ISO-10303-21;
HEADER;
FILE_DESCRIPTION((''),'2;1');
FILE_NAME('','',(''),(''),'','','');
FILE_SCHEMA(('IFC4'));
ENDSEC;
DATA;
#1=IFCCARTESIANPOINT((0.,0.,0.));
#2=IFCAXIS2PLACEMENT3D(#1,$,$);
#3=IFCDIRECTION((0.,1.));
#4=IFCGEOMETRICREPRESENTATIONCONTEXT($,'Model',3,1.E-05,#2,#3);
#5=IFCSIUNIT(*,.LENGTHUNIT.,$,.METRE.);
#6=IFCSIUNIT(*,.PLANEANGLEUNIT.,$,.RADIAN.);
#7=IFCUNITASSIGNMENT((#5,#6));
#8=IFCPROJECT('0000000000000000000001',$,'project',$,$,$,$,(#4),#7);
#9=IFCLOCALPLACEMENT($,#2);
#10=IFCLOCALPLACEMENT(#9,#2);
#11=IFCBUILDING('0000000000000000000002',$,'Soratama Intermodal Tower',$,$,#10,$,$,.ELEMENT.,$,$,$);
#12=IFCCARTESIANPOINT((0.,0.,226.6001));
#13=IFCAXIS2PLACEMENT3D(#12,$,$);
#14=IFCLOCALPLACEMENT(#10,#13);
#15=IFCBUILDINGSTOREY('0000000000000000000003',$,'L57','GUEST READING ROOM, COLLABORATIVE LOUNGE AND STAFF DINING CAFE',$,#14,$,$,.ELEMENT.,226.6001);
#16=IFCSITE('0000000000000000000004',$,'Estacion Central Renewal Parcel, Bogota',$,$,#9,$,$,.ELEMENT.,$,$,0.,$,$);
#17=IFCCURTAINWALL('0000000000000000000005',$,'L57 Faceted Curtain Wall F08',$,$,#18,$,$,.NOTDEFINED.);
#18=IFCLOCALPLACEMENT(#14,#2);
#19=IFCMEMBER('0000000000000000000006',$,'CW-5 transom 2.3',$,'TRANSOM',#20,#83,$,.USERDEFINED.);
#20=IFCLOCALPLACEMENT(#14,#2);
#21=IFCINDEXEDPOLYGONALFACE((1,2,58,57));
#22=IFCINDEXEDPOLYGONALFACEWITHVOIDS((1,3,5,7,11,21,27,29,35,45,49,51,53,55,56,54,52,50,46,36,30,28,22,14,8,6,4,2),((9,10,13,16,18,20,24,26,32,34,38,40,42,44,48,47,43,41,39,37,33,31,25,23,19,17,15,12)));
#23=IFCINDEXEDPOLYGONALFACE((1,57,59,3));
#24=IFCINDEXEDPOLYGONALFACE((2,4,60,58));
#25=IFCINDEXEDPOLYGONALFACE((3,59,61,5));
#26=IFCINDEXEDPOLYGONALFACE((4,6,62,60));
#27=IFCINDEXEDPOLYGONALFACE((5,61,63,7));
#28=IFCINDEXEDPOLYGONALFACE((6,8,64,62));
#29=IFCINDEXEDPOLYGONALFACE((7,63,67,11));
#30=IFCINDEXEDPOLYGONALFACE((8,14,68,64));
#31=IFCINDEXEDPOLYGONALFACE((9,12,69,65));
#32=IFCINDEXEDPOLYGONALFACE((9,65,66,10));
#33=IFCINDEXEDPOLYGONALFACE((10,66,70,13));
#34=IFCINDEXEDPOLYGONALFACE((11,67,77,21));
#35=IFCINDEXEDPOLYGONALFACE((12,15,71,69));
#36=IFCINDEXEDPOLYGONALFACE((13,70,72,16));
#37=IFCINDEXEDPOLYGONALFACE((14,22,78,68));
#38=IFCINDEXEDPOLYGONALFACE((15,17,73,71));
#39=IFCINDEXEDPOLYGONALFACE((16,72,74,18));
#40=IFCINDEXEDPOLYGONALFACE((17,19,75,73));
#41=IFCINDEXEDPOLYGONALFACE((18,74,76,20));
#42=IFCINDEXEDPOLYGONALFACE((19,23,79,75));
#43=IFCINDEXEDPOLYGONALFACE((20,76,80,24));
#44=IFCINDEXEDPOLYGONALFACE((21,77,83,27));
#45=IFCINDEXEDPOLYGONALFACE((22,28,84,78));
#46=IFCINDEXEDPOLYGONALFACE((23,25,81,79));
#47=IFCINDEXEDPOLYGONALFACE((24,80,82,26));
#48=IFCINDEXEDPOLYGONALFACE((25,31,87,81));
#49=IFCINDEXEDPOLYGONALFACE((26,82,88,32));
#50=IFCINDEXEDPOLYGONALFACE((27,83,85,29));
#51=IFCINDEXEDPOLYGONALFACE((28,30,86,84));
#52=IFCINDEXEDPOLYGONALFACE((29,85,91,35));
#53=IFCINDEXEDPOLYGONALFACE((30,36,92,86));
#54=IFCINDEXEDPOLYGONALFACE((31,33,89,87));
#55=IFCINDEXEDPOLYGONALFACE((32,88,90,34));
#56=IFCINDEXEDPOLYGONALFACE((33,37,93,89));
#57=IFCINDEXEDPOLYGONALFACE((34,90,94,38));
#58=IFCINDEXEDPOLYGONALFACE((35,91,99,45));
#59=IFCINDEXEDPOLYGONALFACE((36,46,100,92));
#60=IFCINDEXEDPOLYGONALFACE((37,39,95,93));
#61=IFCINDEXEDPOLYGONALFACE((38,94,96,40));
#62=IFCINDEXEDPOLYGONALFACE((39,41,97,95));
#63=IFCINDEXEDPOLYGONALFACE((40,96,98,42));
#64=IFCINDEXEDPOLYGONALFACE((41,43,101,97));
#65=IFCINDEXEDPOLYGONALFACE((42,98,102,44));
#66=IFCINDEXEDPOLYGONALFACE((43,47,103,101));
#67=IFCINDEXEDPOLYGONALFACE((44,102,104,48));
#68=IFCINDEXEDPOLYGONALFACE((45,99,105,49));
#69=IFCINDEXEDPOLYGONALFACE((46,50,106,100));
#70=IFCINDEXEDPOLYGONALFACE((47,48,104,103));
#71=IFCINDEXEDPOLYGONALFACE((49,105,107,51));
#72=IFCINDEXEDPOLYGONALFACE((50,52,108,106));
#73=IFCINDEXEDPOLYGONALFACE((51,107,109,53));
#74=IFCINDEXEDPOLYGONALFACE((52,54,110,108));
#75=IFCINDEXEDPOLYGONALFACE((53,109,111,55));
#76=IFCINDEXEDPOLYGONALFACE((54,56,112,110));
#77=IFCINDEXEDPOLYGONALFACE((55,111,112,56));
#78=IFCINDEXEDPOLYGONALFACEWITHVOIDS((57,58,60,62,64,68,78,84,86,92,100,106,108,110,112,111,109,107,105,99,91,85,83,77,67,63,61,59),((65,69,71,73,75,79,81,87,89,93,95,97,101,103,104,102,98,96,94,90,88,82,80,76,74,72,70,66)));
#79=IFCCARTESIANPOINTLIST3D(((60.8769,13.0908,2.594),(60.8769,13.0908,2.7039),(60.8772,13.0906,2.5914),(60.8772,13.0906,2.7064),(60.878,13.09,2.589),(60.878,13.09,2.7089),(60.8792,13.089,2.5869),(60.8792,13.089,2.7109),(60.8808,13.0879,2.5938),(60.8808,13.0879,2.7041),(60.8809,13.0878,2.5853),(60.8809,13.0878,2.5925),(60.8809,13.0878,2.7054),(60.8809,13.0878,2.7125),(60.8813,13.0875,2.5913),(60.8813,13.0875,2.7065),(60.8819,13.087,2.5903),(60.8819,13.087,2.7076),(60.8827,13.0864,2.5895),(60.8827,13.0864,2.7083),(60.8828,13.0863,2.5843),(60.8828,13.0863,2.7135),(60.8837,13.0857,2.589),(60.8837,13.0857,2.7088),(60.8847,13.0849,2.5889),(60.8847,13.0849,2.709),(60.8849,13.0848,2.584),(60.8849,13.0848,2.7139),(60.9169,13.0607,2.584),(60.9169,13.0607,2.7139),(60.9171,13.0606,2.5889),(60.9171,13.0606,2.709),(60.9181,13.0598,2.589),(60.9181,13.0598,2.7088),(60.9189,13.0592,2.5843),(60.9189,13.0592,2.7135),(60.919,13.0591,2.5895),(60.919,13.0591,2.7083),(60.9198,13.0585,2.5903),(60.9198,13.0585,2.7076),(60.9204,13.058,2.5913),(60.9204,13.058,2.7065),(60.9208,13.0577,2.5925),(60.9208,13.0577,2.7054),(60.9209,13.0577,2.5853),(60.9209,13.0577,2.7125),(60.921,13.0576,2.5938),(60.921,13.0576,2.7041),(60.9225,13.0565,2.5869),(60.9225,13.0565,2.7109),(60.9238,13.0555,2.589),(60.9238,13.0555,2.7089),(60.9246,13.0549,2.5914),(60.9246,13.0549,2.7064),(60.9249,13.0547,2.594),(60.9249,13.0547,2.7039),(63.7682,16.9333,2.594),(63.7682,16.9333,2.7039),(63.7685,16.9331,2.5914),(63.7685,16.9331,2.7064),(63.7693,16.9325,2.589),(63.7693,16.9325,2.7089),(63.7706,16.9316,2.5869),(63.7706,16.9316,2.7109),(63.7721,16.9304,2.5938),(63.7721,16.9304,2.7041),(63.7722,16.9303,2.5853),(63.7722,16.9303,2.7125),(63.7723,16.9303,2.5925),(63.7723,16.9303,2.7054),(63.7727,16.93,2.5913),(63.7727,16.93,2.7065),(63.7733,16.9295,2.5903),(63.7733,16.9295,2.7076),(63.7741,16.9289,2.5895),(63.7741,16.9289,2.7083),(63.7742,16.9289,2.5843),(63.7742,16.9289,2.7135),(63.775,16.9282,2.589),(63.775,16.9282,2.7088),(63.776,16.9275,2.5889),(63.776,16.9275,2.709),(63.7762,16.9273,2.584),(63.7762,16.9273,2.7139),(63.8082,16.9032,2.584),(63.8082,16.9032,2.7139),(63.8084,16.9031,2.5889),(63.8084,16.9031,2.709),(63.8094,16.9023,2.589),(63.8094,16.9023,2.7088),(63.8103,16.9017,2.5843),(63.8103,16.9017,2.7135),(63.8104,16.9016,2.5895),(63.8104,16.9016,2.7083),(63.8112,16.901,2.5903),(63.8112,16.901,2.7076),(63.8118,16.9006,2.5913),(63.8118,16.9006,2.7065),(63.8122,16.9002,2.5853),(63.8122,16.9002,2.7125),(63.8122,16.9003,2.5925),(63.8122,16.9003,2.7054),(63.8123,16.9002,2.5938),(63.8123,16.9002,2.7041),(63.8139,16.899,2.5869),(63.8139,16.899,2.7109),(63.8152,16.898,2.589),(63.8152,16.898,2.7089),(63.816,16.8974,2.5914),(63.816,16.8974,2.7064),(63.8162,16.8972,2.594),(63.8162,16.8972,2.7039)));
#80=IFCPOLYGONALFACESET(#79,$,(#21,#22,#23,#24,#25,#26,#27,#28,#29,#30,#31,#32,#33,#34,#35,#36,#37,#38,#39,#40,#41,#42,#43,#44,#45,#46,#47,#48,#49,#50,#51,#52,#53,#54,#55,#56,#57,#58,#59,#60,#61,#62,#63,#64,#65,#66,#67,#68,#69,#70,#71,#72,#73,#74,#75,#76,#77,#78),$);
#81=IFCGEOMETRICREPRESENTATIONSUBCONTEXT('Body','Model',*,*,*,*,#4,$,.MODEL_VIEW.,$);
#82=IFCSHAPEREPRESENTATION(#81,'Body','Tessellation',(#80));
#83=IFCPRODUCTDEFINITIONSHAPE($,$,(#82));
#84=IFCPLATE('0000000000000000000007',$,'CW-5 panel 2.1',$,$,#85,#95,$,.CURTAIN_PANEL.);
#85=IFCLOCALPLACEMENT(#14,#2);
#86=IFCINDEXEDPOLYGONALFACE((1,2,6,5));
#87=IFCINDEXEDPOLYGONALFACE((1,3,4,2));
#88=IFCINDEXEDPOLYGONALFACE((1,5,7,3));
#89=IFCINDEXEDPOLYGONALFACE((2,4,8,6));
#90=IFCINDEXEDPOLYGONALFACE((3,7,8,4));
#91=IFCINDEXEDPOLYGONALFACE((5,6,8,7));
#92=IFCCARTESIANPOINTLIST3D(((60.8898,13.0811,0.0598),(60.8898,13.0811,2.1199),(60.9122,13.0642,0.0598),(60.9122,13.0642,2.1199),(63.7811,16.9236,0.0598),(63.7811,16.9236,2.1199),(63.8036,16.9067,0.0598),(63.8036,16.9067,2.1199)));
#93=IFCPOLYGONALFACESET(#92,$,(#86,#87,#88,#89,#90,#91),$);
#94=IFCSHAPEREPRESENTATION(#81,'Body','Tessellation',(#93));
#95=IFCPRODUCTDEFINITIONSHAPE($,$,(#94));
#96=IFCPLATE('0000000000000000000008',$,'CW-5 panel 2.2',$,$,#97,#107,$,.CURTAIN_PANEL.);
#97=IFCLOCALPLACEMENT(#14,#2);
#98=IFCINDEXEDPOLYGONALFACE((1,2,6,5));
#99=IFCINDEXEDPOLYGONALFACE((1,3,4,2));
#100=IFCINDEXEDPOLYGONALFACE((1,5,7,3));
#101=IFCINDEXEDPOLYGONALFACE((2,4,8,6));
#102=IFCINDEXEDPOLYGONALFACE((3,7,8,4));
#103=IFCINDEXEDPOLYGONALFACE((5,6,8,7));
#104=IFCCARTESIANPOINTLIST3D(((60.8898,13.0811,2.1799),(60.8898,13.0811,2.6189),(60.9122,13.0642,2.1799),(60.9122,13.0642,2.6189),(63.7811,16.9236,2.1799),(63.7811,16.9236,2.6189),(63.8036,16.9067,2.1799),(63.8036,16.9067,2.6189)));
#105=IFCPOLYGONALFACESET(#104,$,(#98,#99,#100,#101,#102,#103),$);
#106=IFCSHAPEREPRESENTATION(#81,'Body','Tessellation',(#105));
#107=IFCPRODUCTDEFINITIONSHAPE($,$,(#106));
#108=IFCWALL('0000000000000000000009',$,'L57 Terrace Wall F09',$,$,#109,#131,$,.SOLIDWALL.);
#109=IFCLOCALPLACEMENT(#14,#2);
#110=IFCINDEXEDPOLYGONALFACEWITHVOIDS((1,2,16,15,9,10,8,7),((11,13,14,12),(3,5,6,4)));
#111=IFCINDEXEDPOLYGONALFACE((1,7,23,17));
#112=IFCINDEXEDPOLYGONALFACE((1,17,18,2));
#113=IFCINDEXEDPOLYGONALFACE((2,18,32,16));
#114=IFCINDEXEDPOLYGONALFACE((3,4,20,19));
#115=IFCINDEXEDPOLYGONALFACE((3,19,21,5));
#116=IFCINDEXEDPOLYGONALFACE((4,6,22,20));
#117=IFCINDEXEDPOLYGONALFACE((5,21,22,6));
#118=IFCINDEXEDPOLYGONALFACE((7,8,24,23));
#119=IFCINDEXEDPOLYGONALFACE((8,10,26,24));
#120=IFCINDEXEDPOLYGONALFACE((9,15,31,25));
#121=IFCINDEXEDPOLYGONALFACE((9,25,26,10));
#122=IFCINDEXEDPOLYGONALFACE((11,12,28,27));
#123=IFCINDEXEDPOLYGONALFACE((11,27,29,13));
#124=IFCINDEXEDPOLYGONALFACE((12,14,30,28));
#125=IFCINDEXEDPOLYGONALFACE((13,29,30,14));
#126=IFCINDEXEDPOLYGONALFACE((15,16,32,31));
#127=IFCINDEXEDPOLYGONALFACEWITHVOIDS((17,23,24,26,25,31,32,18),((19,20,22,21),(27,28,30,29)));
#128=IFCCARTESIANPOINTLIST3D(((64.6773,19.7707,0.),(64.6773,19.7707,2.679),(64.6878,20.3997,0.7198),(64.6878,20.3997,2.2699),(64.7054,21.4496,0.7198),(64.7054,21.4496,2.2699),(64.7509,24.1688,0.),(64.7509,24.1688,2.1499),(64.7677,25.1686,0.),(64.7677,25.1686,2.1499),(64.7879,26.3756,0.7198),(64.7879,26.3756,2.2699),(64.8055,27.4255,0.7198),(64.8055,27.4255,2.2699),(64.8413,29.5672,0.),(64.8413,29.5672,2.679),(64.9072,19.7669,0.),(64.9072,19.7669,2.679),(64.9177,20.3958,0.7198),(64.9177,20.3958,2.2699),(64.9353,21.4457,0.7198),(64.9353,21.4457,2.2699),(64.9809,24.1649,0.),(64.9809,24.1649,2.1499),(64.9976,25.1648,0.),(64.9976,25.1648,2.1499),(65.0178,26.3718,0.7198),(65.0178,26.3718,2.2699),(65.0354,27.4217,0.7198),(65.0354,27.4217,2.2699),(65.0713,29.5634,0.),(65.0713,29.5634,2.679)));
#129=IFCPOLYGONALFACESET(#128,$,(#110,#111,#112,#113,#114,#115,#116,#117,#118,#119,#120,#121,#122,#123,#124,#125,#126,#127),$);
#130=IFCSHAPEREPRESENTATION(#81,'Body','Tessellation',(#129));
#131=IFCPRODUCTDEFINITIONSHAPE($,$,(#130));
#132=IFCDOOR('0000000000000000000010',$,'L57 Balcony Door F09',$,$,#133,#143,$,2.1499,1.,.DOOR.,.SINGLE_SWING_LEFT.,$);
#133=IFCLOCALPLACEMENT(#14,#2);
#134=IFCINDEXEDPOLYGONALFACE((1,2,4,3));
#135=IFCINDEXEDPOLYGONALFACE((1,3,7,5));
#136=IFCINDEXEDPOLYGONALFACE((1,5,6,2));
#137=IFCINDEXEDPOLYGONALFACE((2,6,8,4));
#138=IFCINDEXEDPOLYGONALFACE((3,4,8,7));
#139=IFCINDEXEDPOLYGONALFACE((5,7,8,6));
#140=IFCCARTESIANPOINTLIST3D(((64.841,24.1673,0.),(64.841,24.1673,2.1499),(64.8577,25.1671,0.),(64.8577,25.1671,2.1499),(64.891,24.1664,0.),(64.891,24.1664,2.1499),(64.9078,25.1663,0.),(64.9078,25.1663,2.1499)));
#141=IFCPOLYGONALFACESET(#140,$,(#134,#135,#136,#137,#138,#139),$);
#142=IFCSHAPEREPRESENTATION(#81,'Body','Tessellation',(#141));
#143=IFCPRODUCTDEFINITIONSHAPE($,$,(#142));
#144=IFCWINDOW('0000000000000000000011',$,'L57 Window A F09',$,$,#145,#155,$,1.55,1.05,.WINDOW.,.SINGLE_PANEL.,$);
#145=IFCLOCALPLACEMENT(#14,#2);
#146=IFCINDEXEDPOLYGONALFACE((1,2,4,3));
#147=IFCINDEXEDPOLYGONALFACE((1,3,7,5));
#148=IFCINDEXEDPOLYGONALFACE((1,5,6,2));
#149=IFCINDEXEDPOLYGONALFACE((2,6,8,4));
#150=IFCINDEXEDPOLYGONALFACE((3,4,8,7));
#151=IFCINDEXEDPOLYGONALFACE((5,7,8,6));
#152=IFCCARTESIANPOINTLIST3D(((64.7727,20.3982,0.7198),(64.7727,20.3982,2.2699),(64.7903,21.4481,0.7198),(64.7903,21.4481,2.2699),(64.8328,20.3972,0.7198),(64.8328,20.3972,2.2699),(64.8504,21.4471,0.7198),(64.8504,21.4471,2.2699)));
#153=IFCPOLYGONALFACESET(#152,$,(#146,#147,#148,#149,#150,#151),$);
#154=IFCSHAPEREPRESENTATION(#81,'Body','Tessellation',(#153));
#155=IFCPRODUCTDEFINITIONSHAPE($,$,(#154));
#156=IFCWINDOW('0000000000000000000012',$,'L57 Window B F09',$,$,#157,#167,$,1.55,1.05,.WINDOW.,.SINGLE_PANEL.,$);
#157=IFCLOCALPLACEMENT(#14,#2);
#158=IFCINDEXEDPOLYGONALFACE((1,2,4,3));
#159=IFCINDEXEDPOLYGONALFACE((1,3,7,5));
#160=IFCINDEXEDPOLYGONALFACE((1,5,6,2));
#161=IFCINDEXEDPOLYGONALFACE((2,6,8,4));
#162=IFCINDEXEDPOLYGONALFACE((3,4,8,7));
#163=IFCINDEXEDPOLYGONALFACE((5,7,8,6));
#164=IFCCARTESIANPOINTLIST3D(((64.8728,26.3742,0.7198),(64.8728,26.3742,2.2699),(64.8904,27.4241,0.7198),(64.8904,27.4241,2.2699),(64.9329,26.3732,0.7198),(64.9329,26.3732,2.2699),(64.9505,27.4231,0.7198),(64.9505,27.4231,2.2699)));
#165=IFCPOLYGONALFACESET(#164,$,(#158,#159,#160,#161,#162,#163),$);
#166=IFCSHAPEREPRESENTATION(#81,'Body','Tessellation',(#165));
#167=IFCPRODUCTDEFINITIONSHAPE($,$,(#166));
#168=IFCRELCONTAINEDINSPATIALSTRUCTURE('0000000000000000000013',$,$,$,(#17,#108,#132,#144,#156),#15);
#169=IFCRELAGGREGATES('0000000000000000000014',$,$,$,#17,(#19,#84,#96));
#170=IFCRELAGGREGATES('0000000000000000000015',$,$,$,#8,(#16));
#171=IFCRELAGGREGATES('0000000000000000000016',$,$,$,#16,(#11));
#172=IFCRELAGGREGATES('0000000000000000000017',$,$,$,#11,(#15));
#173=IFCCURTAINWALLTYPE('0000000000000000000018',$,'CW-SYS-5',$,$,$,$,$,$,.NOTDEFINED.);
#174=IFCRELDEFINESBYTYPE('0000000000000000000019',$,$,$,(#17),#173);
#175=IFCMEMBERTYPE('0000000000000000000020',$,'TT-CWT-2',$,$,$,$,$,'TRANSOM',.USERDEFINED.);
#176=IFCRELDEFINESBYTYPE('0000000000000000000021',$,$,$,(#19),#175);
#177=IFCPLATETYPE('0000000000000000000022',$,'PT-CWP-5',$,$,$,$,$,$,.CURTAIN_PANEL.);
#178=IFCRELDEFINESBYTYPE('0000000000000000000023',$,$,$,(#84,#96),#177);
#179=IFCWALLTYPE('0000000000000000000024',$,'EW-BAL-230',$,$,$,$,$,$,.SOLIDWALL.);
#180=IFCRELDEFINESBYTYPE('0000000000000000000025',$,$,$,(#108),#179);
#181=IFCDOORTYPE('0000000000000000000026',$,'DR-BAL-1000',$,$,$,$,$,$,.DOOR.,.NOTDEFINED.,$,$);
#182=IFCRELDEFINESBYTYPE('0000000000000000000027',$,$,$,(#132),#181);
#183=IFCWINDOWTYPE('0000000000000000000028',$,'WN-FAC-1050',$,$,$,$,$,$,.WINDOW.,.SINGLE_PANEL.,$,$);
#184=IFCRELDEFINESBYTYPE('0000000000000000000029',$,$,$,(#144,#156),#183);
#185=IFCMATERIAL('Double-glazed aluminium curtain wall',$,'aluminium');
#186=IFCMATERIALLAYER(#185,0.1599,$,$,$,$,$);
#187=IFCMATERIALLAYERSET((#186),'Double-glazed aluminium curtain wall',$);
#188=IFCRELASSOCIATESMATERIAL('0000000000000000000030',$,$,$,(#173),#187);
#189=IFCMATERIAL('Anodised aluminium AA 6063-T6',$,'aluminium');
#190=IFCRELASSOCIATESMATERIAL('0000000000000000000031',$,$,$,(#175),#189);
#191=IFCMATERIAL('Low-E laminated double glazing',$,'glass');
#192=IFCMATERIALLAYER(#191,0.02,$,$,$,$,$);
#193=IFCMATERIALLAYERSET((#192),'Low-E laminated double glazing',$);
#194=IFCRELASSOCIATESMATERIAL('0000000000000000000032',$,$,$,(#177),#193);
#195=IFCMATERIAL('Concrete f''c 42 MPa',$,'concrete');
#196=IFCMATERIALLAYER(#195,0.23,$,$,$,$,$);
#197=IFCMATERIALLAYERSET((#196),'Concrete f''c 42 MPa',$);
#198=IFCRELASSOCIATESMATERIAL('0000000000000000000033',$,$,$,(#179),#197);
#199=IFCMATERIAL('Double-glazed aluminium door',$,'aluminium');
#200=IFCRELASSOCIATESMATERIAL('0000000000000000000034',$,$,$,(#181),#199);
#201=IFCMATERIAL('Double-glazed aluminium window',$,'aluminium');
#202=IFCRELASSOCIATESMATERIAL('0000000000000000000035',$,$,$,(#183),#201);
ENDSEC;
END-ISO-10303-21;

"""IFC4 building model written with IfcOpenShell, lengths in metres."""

from ifc_helpers import new_model, si_unit, direction, frame, frame_2d, origin, origin_2d, place, context, subcontext, project, spatial, rectangle, hollow_rectangle, extrude, material, layer, layer_set, material_profile, profile_set, type_object, element, fill, aggregate, save


model = new_model("IFC4")

# Units and contexts
model_context = context("Model", 3, precision=1e-05, world=origin(), true_north=direction((0.0, 1.0)))
body_context = subcontext(model_context, "Body", "Model", "MODEL_VIEW")
ifc_project = project(units=[si_unit("LENGTHUNIT", "METRE"), si_unit("PLANEANGLEUNIT", "RADIAN")], contexts=[model_context])

# Site, building, storey
site_placement = place(None, origin())
site = spatial("IfcSite", under=ifc_project, at=site_placement, Name="Estacion Central Renewal Parcel, Bogota", CompositionType="ELEMENT", RefElevation=0.0)
building_placement = place(site_placement, origin())
building = spatial("IfcBuilding", under=site, at=building_placement, Name="Soratama Intermodal Tower", CompositionType="ELEMENT")
storey_placement = place(building_placement, frame((0.0, 0.0, 226.6001)))
storey = spatial("IfcBuildingStorey", under=building, at=storey_placement, Name="L57", Description="GUEST READING ROOM, COLLABORATIVE LOUNGE AND STAFF DINING CAFE", CompositionType="ELEMENT", Elevation=226.6001)

# Curtain wall, member, plates
ifc_material_1 = material(Name="Double-glazed aluminium curtain wall", Category="aluminium")
ifc_layer_1 = layer(ifc_material_1, 0.1599)
ifc_layer_set_1 = layer_set([ifc_layer_1], Name="Double-glazed aluminium curtain wall")
curtain_wall_type = type_object("IfcCurtainWallType", Name="CW-SYS-5", PredefinedType="NOTDEFINED", material=ifc_layer_set_1)
curtain_wall_placement = place(storey_placement, origin())
curtain_wall = element("IfcCurtainWall", 1, at=curtain_wall_placement, inside=storey, type_object=curtain_wall_type, Name="L57 Faceted Curtain Wall F08", PredefinedType="NOTDEFINED")
ifc_material_2 = material(Name="Anodised aluminium AA 6063-T6", Category="aluminium")
ifc_material_profile_1 = material_profile(ifc_material_2, hollow_rectangle(XDim=0.0601, YDim=0.1299, WallThickness=0.0049, InnerFilletRadius=0.0049, OuterFilletRadius=0.01, at=origin_2d()), Name="CWT130X60X5")
ifc_profile_set_1 = profile_set([ifc_material_profile_1], Name="Anodised aluminium AA 6063-T6")
member_type_1 = type_object("IfcMemberType", Name="TT-CWT-2", ElementType="TRANSOM", PredefinedType="USERDEFINED", material=ifc_profile_set_1)
member_1_placement = place(storey_placement, frame((60.9009, 13.0728, 2.6489), z_axis=(0.601258, 0.799055, 0.0), x_axis=(-0.799055, 0.601258, 0.0)))
member_1 = element("IfcMember", 2, at=member_1_placement, type_object=member_type_1, Name="CW-5 transom 2.3", ObjectType="TRANSOM", PredefinedType="USERDEFINED", context=body_context, shape_type="SweptSolid", body=[
    extrude(hollow_rectangle(XDim=0.0601, YDim=0.1299, WallThickness=0.0049, InnerFilletRadius=0.0049, OuterFilletRadius=0.01, at=origin_2d()), origin(), (0.0, 0.0, 1.0), 4.8088),
])
ifc_material_3 = material(Name="Low-E laminated double glazing", Category="glass")
ifc_layer_2 = layer(ifc_material_3, 0.02)
ifc_layer_set_2 = layer_set([ifc_layer_2], Name="Low-E laminated double glazing")
plate_type = type_object("IfcPlateType", Name="PT-CWP-5", PredefinedType="CURTAIN_PANEL", material=ifc_layer_set_2)
plate_1_placement = place(storey_placement, frame((62.3467, 14.9939, 0.0598), z_axis=(0.0, 0.0, 1.0), x_axis=(0.601262, 0.799052, 0.0)))
plate_1 = element("IfcPlate", 3, at=plate_1_placement, type_object=plate_type, Name="CW-5 panel 2.1", PredefinedType="CURTAIN_PANEL", context=body_context, shape_type="SweptSolid", body=[
    extrude(rectangle(XDim=4.8088, YDim=0.0281, at=origin_2d()), origin(), (0.0, 0.0, 1.0), 2.0601),
])
plate_2_placement = place(storey_placement, frame((62.3467, 14.9939, 2.1799), z_axis=(0.0, 0.0, 1.0), x_axis=(0.601262, 0.799052, 0.0)))
plate_2 = element("IfcPlate", 4, at=plate_2_placement, type_object=plate_type, Name="CW-5 panel 2.2", PredefinedType="CURTAIN_PANEL", context=body_context, shape_type="SweptSolid", body=[
    extrude(rectangle(XDim=4.8088, YDim=0.0281, at=origin_2d()), origin(), (0.0, 0.0, 1.0), 0.439),
])
aggregate(curtain_wall, [member_1, plate_1, plate_2])

# Wall, openings, door, windows
ifc_material_4 = material(Name="Concrete f'c 42 MPa", Category="concrete")
ifc_layer_3 = layer(ifc_material_4, 0.23)
ifc_layer_set_3 = layer_set([ifc_layer_3], Name="Concrete f'c 42 MPa")
wall_type_1 = type_object("IfcWallType", Name="EW-BAL-230", PredefinedType="SOLIDWALL", material=ifc_layer_set_3)
wall_1_placement = place(storey_placement, frame((64.7922, 19.7688, 0.0), z_axis=(0.0, 0.0, 1.0), x_axis=(0.016745, 0.99986, 0.0)))
wall_1 = element("IfcWall", 5, at=wall_1_placement, inside=storey, type_object=wall_type_1, Name="L57 Terrace Wall F09", PredefinedType="SOLIDWALL", context=body_context, shape_type="SweptSolid", body=[
    extrude(rectangle(XDim=9.7979, YDim=0.23, at=frame_2d((4.8989, 0.0))), origin(), (0.0, 0.0, 1.0), 2.679),
])
opening_1_placement = place(wall_1_placement, frame((4.3987, 0.0, 0.0)))
opening_1 = element("IfcOpeningElement", 6, at=opening_1_placement, cuts=wall_1, PredefinedType="OPENING", context=body_context, shape_type="SweptSolid", body=[
    extrude(rectangle(XDim=1.0, YDim=2.1499, at=frame_2d((0.5, 1.075))), frame((0.0, 0.125, 0.0), z_axis=(0.0, -1.0, 0.0), x_axis=(1.0, 0.0, 0.0)), (0.0, 0.0, 1.0), 0.25),
])
opening_2_placement = place(wall_1_placement, frame((0.6292, 0.0, 0.72)))
opening_2 = element("IfcOpeningElement", 7, at=opening_2_placement, cuts=wall_1, PredefinedType="OPENING", context=body_context, shape_type="SweptSolid", body=[
    extrude(rectangle(XDim=1.05, YDim=1.55, at=frame_2d((0.5249, 0.7749))), frame((0.0, 0.125, 0.0), z_axis=(0.0, -1.0, 0.0), x_axis=(1.0, 0.0, 0.0)), (0.0, 0.0, 1.0), 0.25),
])
opening_3_placement = place(wall_1_placement, frame((6.606, 0.0, 0.72)))
opening_3 = element("IfcOpeningElement", 8, at=opening_3_placement, cuts=wall_1, PredefinedType="OPENING", context=body_context, shape_type="SweptSolid", body=[
    extrude(rectangle(XDim=1.05, YDim=1.55, at=frame_2d((0.5249, 0.7749))), frame((0.0, 0.125, 0.0), z_axis=(0.0, -1.0, 0.0), x_axis=(1.0, 0.0, 0.0)), (0.0, 0.0, 1.0), 0.25),
])
ifc_material_5 = material(Name="Double-glazed aluminium door", Category="aluminium")
door_type_1 = type_object("IfcDoorType", Name="DR-BAL-1000", OperationType="NOTDEFINED", PredefinedType="DOOR", material=ifc_material_5)
door_1_placement = place(opening_1_placement, origin())
door_1 = element("IfcDoor", 9, at=door_1_placement, inside=storey, type_object=door_type_1, Name="L57 Balcony Door F09", OperationType="SINGLE_SWING_LEFT", OverallHeight=2.1499, OverallWidth=1.0, PredefinedType="DOOR", context=body_context, shape_type="SweptSolid", body=[
    extrude(rectangle(XDim=1.0, YDim=2.1499, at=frame_2d((0.5, 1.075))), frame((0.0, 0.0249, 0.0), z_axis=(0.0, -1.0, 0.0), x_axis=(1.0, 0.0, 0.0)), (0.0, 0.0, 1.0), 0.05),
])
fill(opening_1, door_1)
ifc_material_6 = material(Name="Double-glazed aluminium window", Category="aluminium")
window_type_1 = type_object("IfcWindowType", Name="WN-FAC-1050", PartitioningType="SINGLE_PANEL", PredefinedType="WINDOW", material=ifc_material_6)
window_1_placement = place(opening_2_placement, origin())
window_1 = element("IfcWindow", 10, at=window_1_placement, inside=storey, type_object=window_type_1, Name="L57 Window A F09", OverallHeight=1.55, OverallWidth=1.05, PartitioningType="SINGLE_PANEL", PredefinedType="WINDOW", context=body_context, shape_type="SweptSolid", body=[
    extrude(rectangle(XDim=1.05, YDim=1.55, at=frame_2d((0.5249, 0.7749))), frame((0.0, 0.03, 0.0), z_axis=(0.0, -1.0, 0.0), x_axis=(1.0, 0.0, 0.0)), (0.0, 0.0, 1.0), 0.0601),
])
fill(opening_2, window_1)
window_2_placement = place(opening_3_placement, origin())
window_2 = element("IfcWindow", 11, at=window_2_placement, inside=storey, type_object=window_type_1, Name="L57 Window B F09", OverallHeight=1.55, OverallWidth=1.05, PartitioningType="SINGLE_PANEL", PredefinedType="WINDOW", context=body_context, shape_type="SweptSolid", body=[
    extrude(rectangle(XDim=1.05, YDim=1.55, at=frame_2d((0.5249, 0.7749))), frame((0.0, 0.03, 0.0), z_axis=(0.0, -1.0, 0.0), x_axis=(1.0, 0.0, 0.0)), (0.0, 0.0, 1.0), 0.0601),
])
fill(opening_3, window_2)

save(model, "model.ifc")
